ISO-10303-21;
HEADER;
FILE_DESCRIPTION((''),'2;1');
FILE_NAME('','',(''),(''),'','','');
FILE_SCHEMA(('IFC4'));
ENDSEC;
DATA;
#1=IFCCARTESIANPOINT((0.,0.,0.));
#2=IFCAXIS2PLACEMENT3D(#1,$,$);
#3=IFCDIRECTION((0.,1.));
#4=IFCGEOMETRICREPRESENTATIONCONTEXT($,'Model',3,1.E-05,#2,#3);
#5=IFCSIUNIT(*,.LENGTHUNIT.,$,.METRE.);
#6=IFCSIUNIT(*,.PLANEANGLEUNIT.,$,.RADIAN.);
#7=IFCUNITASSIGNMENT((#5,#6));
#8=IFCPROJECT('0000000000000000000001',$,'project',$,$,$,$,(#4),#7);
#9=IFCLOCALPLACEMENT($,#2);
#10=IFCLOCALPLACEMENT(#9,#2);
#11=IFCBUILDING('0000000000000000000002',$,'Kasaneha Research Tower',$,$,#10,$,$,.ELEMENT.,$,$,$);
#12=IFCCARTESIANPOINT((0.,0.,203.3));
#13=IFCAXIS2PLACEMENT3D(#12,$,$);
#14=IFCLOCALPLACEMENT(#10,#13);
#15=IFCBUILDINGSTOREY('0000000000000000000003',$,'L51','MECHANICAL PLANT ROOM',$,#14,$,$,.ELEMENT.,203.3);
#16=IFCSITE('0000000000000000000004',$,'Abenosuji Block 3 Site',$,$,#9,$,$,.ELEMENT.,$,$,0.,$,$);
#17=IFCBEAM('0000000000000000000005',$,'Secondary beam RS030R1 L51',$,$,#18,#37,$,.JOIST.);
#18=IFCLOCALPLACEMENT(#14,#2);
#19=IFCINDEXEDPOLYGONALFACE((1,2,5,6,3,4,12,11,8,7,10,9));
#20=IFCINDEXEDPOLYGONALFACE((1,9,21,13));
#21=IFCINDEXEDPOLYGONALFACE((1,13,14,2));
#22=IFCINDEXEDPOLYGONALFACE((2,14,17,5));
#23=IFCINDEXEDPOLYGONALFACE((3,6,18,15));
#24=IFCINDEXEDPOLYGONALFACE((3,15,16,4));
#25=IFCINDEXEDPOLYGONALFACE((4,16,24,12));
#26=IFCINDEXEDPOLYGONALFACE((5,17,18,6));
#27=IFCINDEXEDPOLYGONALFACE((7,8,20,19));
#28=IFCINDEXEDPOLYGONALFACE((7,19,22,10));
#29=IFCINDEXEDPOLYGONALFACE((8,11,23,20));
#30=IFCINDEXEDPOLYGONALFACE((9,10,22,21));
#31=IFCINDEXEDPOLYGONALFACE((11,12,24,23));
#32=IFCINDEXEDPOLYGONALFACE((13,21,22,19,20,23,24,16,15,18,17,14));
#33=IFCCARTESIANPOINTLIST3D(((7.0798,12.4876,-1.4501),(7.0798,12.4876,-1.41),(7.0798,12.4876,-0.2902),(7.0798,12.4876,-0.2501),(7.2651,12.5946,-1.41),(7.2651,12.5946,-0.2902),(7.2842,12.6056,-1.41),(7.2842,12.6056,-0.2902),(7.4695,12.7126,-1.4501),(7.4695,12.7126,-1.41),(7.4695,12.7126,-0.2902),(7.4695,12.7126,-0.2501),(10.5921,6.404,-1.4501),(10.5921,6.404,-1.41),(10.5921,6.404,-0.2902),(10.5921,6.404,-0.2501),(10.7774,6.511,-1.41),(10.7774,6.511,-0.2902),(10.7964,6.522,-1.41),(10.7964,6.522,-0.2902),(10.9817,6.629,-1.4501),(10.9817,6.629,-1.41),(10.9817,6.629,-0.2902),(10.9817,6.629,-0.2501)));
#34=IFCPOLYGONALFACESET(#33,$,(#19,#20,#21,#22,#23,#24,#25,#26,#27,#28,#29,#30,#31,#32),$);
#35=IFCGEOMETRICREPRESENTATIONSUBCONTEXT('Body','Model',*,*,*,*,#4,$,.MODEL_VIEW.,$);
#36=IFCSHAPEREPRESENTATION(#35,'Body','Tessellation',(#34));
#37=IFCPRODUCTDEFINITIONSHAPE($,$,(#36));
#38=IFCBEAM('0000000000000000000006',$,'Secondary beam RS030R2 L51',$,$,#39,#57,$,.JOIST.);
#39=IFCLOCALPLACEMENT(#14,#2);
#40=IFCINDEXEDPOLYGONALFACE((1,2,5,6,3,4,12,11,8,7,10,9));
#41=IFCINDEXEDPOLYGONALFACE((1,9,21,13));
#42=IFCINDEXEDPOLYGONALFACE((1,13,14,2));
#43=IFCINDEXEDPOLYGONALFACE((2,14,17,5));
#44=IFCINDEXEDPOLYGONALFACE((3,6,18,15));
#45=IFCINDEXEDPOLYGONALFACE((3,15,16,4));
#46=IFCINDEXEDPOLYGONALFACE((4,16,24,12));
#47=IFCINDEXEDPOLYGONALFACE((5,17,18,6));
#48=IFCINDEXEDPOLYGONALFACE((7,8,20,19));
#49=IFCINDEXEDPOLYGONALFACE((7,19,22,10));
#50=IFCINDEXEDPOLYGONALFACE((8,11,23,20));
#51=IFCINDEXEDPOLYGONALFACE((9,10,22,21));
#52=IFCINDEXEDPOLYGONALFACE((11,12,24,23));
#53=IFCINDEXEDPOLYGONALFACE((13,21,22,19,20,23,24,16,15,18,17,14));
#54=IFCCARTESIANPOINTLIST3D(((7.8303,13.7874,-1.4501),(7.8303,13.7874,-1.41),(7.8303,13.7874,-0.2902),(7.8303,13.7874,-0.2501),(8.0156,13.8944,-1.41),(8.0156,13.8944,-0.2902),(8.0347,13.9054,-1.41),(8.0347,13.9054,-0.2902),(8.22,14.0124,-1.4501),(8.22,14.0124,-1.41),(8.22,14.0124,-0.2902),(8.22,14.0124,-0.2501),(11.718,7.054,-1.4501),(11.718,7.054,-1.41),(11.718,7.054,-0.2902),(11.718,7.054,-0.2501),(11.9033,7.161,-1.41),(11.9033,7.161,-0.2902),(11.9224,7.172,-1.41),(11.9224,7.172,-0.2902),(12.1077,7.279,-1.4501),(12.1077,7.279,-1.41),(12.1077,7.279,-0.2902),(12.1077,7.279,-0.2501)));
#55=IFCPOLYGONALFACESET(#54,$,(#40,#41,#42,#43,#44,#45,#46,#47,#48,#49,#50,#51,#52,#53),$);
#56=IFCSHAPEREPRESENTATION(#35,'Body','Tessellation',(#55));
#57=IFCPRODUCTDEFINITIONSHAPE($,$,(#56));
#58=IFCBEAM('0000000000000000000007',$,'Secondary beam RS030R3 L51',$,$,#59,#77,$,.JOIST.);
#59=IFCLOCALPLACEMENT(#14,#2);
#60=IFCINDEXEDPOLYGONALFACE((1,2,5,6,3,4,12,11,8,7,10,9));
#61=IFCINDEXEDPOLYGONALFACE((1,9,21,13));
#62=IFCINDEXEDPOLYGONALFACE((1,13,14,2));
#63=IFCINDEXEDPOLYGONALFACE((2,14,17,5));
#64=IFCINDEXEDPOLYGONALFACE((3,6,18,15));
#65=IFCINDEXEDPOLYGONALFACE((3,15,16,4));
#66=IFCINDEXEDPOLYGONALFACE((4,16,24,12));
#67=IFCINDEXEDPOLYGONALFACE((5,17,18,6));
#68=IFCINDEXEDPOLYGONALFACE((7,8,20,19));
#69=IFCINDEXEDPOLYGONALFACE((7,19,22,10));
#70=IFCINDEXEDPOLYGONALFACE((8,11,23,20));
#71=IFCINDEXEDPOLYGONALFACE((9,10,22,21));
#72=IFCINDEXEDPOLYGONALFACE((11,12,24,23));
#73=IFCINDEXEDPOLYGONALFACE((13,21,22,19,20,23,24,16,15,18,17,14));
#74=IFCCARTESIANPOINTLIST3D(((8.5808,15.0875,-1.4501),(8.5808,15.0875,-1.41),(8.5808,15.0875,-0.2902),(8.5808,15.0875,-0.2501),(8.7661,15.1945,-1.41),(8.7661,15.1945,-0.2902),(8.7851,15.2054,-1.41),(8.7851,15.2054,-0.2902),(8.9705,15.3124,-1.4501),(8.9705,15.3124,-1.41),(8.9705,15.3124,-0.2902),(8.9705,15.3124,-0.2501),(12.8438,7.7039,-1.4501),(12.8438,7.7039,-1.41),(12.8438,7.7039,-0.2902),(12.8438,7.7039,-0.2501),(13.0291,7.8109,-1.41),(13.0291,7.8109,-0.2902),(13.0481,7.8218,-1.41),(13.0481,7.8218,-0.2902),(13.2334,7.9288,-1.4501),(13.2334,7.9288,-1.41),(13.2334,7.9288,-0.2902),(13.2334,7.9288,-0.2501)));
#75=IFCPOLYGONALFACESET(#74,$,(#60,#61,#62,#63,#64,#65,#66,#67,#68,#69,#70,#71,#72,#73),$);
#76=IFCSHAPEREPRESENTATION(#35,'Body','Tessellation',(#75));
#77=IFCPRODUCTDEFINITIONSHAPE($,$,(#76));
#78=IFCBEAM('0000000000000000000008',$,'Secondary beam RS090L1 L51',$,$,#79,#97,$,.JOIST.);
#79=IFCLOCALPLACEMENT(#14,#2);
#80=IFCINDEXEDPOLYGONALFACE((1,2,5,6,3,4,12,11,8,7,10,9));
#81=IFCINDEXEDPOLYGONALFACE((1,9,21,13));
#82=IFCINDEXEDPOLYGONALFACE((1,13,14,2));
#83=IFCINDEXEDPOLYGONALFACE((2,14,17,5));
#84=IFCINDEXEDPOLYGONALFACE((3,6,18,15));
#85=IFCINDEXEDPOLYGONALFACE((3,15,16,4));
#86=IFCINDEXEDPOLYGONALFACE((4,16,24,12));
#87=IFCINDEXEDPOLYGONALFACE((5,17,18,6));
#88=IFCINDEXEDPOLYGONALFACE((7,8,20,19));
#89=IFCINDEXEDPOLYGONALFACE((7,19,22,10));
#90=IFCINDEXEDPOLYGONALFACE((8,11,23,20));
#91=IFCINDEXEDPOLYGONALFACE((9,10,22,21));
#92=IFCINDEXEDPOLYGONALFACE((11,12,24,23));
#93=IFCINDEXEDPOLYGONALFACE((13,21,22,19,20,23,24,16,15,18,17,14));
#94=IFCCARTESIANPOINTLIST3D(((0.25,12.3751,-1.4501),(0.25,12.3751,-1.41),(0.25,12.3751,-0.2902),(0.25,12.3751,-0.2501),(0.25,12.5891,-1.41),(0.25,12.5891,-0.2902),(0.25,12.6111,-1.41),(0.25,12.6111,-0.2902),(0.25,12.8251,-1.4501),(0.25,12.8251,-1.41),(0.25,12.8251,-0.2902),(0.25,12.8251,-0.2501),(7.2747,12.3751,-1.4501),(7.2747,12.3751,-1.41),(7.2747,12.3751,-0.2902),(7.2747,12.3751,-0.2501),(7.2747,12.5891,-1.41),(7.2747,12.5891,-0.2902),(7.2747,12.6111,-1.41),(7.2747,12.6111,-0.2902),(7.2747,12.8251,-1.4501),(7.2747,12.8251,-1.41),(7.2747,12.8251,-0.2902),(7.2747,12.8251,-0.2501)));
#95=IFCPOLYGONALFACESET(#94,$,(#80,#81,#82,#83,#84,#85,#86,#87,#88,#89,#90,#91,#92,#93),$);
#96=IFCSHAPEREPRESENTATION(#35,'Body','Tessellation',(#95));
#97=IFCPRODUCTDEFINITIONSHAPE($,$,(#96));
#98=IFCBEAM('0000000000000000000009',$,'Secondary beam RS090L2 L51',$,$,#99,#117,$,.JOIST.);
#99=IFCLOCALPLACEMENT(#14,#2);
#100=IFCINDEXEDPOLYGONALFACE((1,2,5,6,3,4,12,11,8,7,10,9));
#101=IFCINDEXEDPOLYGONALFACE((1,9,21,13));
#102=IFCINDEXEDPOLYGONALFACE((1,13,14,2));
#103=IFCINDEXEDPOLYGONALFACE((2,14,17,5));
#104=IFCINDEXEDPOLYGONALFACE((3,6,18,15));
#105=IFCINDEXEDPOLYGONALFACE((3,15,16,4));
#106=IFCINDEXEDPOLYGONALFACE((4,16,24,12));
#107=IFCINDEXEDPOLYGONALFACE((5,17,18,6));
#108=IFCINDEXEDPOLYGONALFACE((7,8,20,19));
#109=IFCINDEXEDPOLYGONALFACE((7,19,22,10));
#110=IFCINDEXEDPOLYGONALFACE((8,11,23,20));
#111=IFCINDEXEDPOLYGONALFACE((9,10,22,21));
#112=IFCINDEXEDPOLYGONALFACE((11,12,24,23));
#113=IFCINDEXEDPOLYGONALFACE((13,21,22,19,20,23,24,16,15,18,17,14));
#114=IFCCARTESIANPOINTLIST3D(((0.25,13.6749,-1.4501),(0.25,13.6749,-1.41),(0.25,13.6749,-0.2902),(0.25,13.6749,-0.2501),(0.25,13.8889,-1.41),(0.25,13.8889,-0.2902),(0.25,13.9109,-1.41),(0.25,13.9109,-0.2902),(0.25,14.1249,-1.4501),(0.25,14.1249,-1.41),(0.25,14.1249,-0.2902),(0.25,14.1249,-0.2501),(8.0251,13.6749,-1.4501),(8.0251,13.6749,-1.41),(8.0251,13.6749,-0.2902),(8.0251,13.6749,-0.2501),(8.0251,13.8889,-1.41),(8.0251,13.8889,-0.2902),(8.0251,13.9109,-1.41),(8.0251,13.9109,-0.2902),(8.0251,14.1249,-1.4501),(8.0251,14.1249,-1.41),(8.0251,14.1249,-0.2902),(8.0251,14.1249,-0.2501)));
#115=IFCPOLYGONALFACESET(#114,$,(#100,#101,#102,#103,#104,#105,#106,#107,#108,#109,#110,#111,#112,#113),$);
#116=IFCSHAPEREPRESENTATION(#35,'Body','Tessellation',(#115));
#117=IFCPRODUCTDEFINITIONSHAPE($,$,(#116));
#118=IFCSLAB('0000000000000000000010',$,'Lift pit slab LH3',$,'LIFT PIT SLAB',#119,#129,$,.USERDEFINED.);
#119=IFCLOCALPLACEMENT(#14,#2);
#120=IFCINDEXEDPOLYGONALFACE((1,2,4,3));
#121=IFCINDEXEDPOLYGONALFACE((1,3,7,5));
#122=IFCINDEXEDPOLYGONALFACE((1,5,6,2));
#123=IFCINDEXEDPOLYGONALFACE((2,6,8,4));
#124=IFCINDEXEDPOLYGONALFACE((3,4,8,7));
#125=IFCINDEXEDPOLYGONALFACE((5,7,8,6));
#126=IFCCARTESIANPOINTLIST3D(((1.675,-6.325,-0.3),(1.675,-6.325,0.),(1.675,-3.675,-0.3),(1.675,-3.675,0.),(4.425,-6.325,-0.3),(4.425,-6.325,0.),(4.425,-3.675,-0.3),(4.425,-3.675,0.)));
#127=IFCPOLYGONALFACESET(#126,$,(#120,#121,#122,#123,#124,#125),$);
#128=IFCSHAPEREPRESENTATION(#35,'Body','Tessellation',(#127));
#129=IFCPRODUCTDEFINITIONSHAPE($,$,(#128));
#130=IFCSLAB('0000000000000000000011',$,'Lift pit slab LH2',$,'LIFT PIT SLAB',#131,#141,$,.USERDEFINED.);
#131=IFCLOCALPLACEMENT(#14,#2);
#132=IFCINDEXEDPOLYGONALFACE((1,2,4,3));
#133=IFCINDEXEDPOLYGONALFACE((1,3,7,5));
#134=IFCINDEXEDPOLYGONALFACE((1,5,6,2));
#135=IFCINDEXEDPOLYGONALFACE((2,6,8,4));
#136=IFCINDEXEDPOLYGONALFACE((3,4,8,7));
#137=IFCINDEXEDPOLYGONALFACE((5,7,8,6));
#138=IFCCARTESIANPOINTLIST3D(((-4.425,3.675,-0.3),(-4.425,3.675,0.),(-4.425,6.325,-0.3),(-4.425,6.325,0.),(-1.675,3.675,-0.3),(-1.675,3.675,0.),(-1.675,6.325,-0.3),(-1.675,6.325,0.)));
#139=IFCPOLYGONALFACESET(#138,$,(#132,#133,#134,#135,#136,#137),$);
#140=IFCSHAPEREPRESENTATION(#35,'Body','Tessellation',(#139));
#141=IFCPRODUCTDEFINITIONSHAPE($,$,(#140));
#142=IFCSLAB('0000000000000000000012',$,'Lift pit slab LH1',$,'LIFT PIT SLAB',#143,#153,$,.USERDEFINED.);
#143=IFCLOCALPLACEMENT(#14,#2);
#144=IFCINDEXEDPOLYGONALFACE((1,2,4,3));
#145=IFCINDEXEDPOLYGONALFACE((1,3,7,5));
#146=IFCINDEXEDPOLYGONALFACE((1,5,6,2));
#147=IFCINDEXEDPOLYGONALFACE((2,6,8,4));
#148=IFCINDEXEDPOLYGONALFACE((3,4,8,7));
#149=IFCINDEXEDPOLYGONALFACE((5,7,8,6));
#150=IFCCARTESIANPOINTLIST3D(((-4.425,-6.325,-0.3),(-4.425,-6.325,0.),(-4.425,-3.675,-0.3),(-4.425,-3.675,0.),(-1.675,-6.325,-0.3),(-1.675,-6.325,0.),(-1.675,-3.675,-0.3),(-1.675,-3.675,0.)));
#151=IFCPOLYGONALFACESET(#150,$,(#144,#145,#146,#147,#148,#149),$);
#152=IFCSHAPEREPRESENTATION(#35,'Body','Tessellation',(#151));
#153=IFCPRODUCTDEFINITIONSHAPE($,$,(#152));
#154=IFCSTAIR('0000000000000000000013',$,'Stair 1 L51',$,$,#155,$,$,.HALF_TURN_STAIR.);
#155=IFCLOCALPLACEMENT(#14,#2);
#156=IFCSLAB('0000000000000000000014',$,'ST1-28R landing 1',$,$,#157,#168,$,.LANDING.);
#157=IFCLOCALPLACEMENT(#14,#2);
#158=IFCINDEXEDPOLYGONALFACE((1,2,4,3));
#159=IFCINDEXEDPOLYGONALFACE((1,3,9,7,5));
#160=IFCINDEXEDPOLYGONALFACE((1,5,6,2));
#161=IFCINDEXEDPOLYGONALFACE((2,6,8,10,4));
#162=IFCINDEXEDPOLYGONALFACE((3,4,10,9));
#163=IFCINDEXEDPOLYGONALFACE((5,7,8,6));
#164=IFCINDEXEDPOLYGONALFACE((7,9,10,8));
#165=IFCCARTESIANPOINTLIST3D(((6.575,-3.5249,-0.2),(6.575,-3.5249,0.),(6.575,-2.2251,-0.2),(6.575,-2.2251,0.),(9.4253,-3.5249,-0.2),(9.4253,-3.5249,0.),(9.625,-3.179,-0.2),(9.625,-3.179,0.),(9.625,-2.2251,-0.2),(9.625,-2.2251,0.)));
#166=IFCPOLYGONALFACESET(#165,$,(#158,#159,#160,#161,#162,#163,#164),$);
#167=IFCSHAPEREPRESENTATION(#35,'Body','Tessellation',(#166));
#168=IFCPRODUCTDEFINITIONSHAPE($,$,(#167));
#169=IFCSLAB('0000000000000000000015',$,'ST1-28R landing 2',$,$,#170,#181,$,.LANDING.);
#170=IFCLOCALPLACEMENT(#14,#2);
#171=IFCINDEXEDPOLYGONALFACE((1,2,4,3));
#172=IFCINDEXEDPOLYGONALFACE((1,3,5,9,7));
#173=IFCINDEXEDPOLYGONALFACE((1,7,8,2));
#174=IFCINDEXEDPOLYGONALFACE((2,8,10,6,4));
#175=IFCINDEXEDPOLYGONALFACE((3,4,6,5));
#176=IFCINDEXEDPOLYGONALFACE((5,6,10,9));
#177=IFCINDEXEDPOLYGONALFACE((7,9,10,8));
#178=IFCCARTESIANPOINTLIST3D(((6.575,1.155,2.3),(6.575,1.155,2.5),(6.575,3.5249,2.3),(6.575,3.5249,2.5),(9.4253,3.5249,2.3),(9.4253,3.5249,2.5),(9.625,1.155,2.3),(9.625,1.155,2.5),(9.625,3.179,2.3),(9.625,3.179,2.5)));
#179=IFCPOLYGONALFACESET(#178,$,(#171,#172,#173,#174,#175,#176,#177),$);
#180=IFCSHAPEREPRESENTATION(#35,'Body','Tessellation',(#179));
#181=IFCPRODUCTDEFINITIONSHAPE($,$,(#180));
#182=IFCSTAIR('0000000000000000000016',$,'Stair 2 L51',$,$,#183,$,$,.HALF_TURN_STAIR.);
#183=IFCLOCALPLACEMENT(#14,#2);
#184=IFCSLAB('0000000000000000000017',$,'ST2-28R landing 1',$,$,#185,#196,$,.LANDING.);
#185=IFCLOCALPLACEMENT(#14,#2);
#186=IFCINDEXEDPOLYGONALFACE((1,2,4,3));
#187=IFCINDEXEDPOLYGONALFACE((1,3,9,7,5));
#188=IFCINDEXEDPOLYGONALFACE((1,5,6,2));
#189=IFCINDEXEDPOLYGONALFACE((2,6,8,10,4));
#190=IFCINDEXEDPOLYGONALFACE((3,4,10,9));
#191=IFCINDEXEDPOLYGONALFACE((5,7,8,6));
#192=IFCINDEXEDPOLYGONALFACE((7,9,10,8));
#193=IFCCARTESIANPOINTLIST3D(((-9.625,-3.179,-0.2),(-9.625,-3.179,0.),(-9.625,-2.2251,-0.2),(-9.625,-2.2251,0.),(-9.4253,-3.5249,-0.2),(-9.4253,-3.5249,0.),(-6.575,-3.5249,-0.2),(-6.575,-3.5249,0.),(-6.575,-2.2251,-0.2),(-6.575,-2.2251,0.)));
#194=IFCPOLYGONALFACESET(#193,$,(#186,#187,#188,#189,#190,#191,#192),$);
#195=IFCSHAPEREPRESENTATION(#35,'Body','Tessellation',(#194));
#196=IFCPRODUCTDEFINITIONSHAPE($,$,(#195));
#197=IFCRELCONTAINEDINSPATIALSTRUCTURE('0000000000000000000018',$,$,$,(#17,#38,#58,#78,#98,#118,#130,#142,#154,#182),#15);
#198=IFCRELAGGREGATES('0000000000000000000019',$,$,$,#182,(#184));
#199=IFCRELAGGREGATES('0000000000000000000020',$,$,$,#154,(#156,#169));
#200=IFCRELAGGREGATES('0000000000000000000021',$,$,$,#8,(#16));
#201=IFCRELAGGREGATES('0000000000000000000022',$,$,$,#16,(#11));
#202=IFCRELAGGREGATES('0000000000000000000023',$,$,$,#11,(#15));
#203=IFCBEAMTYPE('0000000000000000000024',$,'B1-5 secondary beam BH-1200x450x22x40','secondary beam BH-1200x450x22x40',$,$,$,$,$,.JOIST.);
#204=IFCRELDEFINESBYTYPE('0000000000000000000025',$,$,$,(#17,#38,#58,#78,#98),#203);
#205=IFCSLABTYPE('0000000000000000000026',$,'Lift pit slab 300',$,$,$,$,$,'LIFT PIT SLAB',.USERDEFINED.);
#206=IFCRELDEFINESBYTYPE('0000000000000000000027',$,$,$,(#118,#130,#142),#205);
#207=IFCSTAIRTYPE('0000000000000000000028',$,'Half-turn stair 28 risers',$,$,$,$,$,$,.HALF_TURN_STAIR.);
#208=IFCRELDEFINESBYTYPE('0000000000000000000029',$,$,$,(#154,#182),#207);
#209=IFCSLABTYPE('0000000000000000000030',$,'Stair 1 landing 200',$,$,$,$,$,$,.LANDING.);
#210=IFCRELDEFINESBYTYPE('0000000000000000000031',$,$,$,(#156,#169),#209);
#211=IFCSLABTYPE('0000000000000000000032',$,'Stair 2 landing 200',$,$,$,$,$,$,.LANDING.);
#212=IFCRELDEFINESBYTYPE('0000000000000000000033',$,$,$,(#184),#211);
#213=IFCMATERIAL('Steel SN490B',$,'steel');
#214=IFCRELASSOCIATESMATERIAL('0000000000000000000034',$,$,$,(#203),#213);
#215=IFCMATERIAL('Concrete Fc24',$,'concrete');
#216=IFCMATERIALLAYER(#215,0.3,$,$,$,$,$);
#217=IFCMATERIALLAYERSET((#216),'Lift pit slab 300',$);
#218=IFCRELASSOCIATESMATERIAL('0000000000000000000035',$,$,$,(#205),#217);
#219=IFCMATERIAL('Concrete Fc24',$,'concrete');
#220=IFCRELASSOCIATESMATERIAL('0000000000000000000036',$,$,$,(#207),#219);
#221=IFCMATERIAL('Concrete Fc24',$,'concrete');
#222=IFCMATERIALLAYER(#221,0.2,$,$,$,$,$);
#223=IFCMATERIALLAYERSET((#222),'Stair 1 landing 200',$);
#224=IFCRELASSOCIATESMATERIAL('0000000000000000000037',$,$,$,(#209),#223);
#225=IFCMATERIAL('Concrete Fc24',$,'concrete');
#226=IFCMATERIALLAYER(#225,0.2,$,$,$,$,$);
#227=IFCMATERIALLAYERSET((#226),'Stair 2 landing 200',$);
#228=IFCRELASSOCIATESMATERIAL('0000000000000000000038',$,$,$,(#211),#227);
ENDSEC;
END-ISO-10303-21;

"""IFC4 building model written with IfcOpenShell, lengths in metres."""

from ifc_helpers import new_model, si_unit, direction, frame, origin, origin_2d, place, context, subcontext, project, spatial, polyline, i_section, outline, extrude, material, layer, layer_set, material_profile, profile_set, type_object, element, aggregate, save


model = new_model("IFC4")

# Units and contexts
model_context = context("Model", 3, precision=1e-05, world=origin(), true_north=direction((0.0, 1.0)))
body_context = subcontext(model_context, "Body", "Model", "MODEL_VIEW")
ifc_project = project(units=[si_unit("LENGTHUNIT", "METRE"), si_unit("PLANEANGLEUNIT", "RADIAN")], contexts=[model_context])

# Site, building, storey
site_placement = place(None, origin())
site = spatial("IfcSite", under=ifc_project, at=site_placement, Name="Abenosuji Block 3 Site", CompositionType="ELEMENT", RefElevation=0.0)
building_placement = place(site_placement, origin())
building = spatial("IfcBuilding", under=site, at=building_placement, Name="Kasaneha Research Tower", CompositionType="ELEMENT")
storey_placement = place(building_placement, frame((0.0, 0.0, 203.3)))
storey = spatial("IfcBuildingStorey", under=building, at=storey_placement, Name="L51", Description="MECHANICAL PLANT ROOM", CompositionType="ELEMENT", Elevation=203.3)

# Beams
ifc_material_1 = material(Name="Steel SN490B", Category="steel")
ifc_material_profile = material_profile(ifc_material_1, i_section(OverallWidth=0.45, OverallDepth=1.2, WebThickness=0.022, FlangeThickness=0.04, at=origin_2d()), Name="BH-1200x450x22x40")
ifc_profile_set = profile_set([ifc_material_profile], Name="Steel SN490B")
beam_type = type_object("IfcBeamType", Name="B1-5 secondary beam BH-1200x450x22x40", Description="secondary beam BH-1200x450x22x40", PredefinedType="JOIST", material=ifc_profile_set)
beam_1_placement = place(storey_placement, frame((7.2747, 12.6001, -0.8501), z_axis=(0.499989, -0.866032, 0.0), x_axis=(0.866032, 0.499989, 0.0)))
element("IfcBeam", 1, at=beam_1_placement, inside=storey, type_object=beam_type, Name="Secondary beam RS030R1 L51", PredefinedType="JOIST", context=body_context, shape_type="SweptSolid", body=[
    extrude(i_section(OverallWidth=0.45, OverallDepth=1.2, WebThickness=0.022, FlangeThickness=0.04, at=origin_2d()), origin(), (0.0, 0.0, 1.0), 7.0247),
])
beam_2_placement = place(storey_placement, frame((8.0251, 13.8999, -0.8501), z_axis=(0.500016, -0.866016, 0.0), x_axis=(0.866016, 0.500016, 0.0)))
element("IfcBeam", 2, at=beam_2_placement, inside=storey, type_object=beam_type, Name="Secondary beam RS030R2 L51", PredefinedType="JOIST", context=body_context, shape_type="SweptSolid", body=[
    extrude(i_section(OverallWidth=0.45, OverallDepth=1.2, WebThickness=0.022, FlangeThickness=0.04, at=origin_2d()), origin(), (0.0, 0.0, 1.0), 7.7751),
])
beam_3_placement = place(storey_placement, frame((8.7756, 15.2, -0.8501), z_axis=(0.500004, -0.866023, 0.0), x_axis=(0.866023, 0.500004, 0.0)))
element("IfcBeam", 3, at=beam_3_placement, inside=storey, type_object=beam_type, Name="Secondary beam RS030R3 L51", PredefinedType="JOIST", context=body_context, shape_type="SweptSolid", body=[
    extrude(i_section(OverallWidth=0.45, OverallDepth=1.2, WebThickness=0.022, FlangeThickness=0.04, at=origin_2d()), origin(), (0.0, 0.0, 1.0), 8.5259),
])
beam_4_placement = place(storey_placement, frame((7.2747, 12.6001, -0.8501), z_axis=(-1.0, 0.0, 0.0), x_axis=(0.0, -1.0, 0.0)))
element("IfcBeam", 4, at=beam_4_placement, inside=storey, type_object=beam_type, Name="Secondary beam RS090L1 L51", PredefinedType="JOIST", context=body_context, shape_type="SweptSolid", body=[
    extrude(i_section(OverallWidth=0.45, OverallDepth=1.2, WebThickness=0.022, FlangeThickness=0.04, at=origin_2d()), origin(), (0.0, 0.0, 1.0), 7.0247),
])
beam_5_placement = place(storey_placement, frame((8.0251, 13.8999, -0.8501), z_axis=(-1.0, 0.0, 0.0), x_axis=(0.0, -1.0, 0.0)))
element("IfcBeam", 5, at=beam_5_placement, inside=storey, type_object=beam_type, Name="Secondary beam RS090L2 L51", PredefinedType="JOIST", context=body_context, shape_type="SweptSolid", body=[
    extrude(i_section(OverallWidth=0.45, OverallDepth=1.2, WebThickness=0.022, FlangeThickness=0.04, at=origin_2d()), origin(), (0.0, 0.0, 1.0), 7.7751),
])

# Slabs
ifc_material_2 = material(Name="Concrete Fc24", Category="concrete")
ifc_layer_1 = layer(ifc_material_2, 0.3)
ifc_layer_set_1 = layer_set([ifc_layer_1], Name="Lift pit slab 300")
slab_type_1 = type_object("IfcSlabType", Name="Lift pit slab 300", ElementType="LIFT PIT SLAB", PredefinedType="USERDEFINED", material=ifc_layer_set_1)
slab_1_placement = place(storey_placement, frame((0.0, 0.0, -0.3)))
element("IfcSlab", 6, at=slab_1_placement, inside=storey, type_object=slab_type_1, Name="Lift pit slab LH3", ObjectType="LIFT PIT SLAB", PredefinedType="USERDEFINED", context=body_context, shape_type="SweptSolid", body=[
    extrude(outline(polyline([(4.425, -6.325), (1.675, -6.325), (1.675, -3.675), (4.425, -3.675), (4.425, -6.325)])), origin(), (0.0, 0.0, 1.0), 0.3),
])
slab_2_placement = place(storey_placement, frame((0.0, 0.0, -0.3)))
element("IfcSlab", 7, at=slab_2_placement, inside=storey, type_object=slab_type_1, Name="Lift pit slab LH2", ObjectType="LIFT PIT SLAB", PredefinedType="USERDEFINED", context=body_context, shape_type="SweptSolid", body=[
    extrude(outline(polyline([(-1.675, 3.675), (-4.425, 3.675), (-4.425, 6.325), (-1.675, 6.325), (-1.675, 3.675)])), origin(), (0.0, 0.0, 1.0), 0.3),
])
slab_3_placement = place(storey_placement, frame((0.0, 0.0, -0.3)))
element("IfcSlab", 8, at=slab_3_placement, inside=storey, type_object=slab_type_1, Name="Lift pit slab LH1", ObjectType="LIFT PIT SLAB", PredefinedType="USERDEFINED", context=body_context, shape_type="SweptSolid", body=[
    extrude(outline(polyline([(-1.675, -6.325), (-4.425, -6.325), (-4.425, -3.675), (-1.675, -3.675), (-1.675, -6.325)])), origin(), (0.0, 0.0, 1.0), 0.3),
])

# Stairs, slabs
ifc_material_3 = material(Name="Concrete Fc24", Category="concrete")
stair_type = type_object("IfcStairType", Name="Half-turn stair 28 risers", PredefinedType="HALF_TURN_STAIR", material=ifc_material_3)
stair_1_placement = place(storey_placement, origin())
stair_1 = element("IfcStair", 9, at=stair_1_placement, inside=storey, type_object=stair_type, Name="Stair 1 L51", PredefinedType="HALF_TURN_STAIR")
ifc_material_4 = material(Name="Concrete Fc24", Category="concrete")
ifc_layer_2 = layer(ifc_material_4, 0.2)
ifc_layer_set_2 = layer_set([ifc_layer_2], Name="Stair 1 landing 200")
slab_type_2 = type_object("IfcSlabType", Name="Stair 1 landing 200", PredefinedType="LANDING", material=ifc_layer_set_2)
slab_4_placement = place(storey_placement, frame((0.0, 0.0, -0.2)))
slab_4 = element("IfcSlab", 10, at=slab_4_placement, type_object=slab_type_2, Name="ST1-28R landing 1", PredefinedType="LANDING", context=body_context, shape_type="SweptSolid", body=[
    extrude(outline(polyline([(9.4253, -3.5249), (6.575, -3.5249), (6.575, -2.2251), (9.625, -2.2251), (9.625, -3.179), (9.4253, -3.5249)])), origin(), (0.0, 0.0, 1.0), 0.2),
])
slab_5_placement = place(storey_placement, frame((0.0, 0.0, 2.3)))
slab_5 = element("IfcSlab", 11, at=slab_5_placement, type_object=slab_type_2, Name="ST1-28R landing 2", PredefinedType="LANDING", context=body_context, shape_type="SweptSolid", body=[
    extrude(outline(polyline([(6.575, 3.5249), (9.4253, 3.5249), (9.625, 3.179), (9.625, 1.155), (6.575, 1.155), (6.575, 3.5249)])), origin(), (0.0, 0.0, 1.0), 0.2),
])
stair_2_placement = place(storey_placement, origin())
stair_2 = element("IfcStair", 12, at=stair_2_placement, inside=storey, type_object=stair_type, Name="Stair 2 L51", PredefinedType="HALF_TURN_STAIR")
ifc_material_5 = material(Name="Concrete Fc24", Category="concrete")
ifc_layer_3 = layer(ifc_material_5, 0.2)
ifc_layer_set_3 = layer_set([ifc_layer_3], Name="Stair 2 landing 200")
slab_type_3 = type_object("IfcSlabType", Name="Stair 2 landing 200", PredefinedType="LANDING", material=ifc_layer_set_3)
slab_6_placement = place(storey_placement, frame((0.0, 0.0, -0.2)))
slab_6 = element("IfcSlab", 13, at=slab_6_placement, type_object=slab_type_3, Name="ST2-28R landing 1", PredefinedType="LANDING", context=body_context, shape_type="SweptSolid", body=[
    extrude(outline(polyline([(-6.575, -3.5249), (-9.4253, -3.5249), (-9.625, -3.179), (-9.625, -2.2251), (-6.575, -2.2251), (-6.575, -3.5249)])), origin(), (0.0, 0.0, 1.0), 0.2),
])
aggregate(stair_2, [slab_6])

aggregate(stair_1, [slab_4, slab_5])

save(model, "model.ifc")
